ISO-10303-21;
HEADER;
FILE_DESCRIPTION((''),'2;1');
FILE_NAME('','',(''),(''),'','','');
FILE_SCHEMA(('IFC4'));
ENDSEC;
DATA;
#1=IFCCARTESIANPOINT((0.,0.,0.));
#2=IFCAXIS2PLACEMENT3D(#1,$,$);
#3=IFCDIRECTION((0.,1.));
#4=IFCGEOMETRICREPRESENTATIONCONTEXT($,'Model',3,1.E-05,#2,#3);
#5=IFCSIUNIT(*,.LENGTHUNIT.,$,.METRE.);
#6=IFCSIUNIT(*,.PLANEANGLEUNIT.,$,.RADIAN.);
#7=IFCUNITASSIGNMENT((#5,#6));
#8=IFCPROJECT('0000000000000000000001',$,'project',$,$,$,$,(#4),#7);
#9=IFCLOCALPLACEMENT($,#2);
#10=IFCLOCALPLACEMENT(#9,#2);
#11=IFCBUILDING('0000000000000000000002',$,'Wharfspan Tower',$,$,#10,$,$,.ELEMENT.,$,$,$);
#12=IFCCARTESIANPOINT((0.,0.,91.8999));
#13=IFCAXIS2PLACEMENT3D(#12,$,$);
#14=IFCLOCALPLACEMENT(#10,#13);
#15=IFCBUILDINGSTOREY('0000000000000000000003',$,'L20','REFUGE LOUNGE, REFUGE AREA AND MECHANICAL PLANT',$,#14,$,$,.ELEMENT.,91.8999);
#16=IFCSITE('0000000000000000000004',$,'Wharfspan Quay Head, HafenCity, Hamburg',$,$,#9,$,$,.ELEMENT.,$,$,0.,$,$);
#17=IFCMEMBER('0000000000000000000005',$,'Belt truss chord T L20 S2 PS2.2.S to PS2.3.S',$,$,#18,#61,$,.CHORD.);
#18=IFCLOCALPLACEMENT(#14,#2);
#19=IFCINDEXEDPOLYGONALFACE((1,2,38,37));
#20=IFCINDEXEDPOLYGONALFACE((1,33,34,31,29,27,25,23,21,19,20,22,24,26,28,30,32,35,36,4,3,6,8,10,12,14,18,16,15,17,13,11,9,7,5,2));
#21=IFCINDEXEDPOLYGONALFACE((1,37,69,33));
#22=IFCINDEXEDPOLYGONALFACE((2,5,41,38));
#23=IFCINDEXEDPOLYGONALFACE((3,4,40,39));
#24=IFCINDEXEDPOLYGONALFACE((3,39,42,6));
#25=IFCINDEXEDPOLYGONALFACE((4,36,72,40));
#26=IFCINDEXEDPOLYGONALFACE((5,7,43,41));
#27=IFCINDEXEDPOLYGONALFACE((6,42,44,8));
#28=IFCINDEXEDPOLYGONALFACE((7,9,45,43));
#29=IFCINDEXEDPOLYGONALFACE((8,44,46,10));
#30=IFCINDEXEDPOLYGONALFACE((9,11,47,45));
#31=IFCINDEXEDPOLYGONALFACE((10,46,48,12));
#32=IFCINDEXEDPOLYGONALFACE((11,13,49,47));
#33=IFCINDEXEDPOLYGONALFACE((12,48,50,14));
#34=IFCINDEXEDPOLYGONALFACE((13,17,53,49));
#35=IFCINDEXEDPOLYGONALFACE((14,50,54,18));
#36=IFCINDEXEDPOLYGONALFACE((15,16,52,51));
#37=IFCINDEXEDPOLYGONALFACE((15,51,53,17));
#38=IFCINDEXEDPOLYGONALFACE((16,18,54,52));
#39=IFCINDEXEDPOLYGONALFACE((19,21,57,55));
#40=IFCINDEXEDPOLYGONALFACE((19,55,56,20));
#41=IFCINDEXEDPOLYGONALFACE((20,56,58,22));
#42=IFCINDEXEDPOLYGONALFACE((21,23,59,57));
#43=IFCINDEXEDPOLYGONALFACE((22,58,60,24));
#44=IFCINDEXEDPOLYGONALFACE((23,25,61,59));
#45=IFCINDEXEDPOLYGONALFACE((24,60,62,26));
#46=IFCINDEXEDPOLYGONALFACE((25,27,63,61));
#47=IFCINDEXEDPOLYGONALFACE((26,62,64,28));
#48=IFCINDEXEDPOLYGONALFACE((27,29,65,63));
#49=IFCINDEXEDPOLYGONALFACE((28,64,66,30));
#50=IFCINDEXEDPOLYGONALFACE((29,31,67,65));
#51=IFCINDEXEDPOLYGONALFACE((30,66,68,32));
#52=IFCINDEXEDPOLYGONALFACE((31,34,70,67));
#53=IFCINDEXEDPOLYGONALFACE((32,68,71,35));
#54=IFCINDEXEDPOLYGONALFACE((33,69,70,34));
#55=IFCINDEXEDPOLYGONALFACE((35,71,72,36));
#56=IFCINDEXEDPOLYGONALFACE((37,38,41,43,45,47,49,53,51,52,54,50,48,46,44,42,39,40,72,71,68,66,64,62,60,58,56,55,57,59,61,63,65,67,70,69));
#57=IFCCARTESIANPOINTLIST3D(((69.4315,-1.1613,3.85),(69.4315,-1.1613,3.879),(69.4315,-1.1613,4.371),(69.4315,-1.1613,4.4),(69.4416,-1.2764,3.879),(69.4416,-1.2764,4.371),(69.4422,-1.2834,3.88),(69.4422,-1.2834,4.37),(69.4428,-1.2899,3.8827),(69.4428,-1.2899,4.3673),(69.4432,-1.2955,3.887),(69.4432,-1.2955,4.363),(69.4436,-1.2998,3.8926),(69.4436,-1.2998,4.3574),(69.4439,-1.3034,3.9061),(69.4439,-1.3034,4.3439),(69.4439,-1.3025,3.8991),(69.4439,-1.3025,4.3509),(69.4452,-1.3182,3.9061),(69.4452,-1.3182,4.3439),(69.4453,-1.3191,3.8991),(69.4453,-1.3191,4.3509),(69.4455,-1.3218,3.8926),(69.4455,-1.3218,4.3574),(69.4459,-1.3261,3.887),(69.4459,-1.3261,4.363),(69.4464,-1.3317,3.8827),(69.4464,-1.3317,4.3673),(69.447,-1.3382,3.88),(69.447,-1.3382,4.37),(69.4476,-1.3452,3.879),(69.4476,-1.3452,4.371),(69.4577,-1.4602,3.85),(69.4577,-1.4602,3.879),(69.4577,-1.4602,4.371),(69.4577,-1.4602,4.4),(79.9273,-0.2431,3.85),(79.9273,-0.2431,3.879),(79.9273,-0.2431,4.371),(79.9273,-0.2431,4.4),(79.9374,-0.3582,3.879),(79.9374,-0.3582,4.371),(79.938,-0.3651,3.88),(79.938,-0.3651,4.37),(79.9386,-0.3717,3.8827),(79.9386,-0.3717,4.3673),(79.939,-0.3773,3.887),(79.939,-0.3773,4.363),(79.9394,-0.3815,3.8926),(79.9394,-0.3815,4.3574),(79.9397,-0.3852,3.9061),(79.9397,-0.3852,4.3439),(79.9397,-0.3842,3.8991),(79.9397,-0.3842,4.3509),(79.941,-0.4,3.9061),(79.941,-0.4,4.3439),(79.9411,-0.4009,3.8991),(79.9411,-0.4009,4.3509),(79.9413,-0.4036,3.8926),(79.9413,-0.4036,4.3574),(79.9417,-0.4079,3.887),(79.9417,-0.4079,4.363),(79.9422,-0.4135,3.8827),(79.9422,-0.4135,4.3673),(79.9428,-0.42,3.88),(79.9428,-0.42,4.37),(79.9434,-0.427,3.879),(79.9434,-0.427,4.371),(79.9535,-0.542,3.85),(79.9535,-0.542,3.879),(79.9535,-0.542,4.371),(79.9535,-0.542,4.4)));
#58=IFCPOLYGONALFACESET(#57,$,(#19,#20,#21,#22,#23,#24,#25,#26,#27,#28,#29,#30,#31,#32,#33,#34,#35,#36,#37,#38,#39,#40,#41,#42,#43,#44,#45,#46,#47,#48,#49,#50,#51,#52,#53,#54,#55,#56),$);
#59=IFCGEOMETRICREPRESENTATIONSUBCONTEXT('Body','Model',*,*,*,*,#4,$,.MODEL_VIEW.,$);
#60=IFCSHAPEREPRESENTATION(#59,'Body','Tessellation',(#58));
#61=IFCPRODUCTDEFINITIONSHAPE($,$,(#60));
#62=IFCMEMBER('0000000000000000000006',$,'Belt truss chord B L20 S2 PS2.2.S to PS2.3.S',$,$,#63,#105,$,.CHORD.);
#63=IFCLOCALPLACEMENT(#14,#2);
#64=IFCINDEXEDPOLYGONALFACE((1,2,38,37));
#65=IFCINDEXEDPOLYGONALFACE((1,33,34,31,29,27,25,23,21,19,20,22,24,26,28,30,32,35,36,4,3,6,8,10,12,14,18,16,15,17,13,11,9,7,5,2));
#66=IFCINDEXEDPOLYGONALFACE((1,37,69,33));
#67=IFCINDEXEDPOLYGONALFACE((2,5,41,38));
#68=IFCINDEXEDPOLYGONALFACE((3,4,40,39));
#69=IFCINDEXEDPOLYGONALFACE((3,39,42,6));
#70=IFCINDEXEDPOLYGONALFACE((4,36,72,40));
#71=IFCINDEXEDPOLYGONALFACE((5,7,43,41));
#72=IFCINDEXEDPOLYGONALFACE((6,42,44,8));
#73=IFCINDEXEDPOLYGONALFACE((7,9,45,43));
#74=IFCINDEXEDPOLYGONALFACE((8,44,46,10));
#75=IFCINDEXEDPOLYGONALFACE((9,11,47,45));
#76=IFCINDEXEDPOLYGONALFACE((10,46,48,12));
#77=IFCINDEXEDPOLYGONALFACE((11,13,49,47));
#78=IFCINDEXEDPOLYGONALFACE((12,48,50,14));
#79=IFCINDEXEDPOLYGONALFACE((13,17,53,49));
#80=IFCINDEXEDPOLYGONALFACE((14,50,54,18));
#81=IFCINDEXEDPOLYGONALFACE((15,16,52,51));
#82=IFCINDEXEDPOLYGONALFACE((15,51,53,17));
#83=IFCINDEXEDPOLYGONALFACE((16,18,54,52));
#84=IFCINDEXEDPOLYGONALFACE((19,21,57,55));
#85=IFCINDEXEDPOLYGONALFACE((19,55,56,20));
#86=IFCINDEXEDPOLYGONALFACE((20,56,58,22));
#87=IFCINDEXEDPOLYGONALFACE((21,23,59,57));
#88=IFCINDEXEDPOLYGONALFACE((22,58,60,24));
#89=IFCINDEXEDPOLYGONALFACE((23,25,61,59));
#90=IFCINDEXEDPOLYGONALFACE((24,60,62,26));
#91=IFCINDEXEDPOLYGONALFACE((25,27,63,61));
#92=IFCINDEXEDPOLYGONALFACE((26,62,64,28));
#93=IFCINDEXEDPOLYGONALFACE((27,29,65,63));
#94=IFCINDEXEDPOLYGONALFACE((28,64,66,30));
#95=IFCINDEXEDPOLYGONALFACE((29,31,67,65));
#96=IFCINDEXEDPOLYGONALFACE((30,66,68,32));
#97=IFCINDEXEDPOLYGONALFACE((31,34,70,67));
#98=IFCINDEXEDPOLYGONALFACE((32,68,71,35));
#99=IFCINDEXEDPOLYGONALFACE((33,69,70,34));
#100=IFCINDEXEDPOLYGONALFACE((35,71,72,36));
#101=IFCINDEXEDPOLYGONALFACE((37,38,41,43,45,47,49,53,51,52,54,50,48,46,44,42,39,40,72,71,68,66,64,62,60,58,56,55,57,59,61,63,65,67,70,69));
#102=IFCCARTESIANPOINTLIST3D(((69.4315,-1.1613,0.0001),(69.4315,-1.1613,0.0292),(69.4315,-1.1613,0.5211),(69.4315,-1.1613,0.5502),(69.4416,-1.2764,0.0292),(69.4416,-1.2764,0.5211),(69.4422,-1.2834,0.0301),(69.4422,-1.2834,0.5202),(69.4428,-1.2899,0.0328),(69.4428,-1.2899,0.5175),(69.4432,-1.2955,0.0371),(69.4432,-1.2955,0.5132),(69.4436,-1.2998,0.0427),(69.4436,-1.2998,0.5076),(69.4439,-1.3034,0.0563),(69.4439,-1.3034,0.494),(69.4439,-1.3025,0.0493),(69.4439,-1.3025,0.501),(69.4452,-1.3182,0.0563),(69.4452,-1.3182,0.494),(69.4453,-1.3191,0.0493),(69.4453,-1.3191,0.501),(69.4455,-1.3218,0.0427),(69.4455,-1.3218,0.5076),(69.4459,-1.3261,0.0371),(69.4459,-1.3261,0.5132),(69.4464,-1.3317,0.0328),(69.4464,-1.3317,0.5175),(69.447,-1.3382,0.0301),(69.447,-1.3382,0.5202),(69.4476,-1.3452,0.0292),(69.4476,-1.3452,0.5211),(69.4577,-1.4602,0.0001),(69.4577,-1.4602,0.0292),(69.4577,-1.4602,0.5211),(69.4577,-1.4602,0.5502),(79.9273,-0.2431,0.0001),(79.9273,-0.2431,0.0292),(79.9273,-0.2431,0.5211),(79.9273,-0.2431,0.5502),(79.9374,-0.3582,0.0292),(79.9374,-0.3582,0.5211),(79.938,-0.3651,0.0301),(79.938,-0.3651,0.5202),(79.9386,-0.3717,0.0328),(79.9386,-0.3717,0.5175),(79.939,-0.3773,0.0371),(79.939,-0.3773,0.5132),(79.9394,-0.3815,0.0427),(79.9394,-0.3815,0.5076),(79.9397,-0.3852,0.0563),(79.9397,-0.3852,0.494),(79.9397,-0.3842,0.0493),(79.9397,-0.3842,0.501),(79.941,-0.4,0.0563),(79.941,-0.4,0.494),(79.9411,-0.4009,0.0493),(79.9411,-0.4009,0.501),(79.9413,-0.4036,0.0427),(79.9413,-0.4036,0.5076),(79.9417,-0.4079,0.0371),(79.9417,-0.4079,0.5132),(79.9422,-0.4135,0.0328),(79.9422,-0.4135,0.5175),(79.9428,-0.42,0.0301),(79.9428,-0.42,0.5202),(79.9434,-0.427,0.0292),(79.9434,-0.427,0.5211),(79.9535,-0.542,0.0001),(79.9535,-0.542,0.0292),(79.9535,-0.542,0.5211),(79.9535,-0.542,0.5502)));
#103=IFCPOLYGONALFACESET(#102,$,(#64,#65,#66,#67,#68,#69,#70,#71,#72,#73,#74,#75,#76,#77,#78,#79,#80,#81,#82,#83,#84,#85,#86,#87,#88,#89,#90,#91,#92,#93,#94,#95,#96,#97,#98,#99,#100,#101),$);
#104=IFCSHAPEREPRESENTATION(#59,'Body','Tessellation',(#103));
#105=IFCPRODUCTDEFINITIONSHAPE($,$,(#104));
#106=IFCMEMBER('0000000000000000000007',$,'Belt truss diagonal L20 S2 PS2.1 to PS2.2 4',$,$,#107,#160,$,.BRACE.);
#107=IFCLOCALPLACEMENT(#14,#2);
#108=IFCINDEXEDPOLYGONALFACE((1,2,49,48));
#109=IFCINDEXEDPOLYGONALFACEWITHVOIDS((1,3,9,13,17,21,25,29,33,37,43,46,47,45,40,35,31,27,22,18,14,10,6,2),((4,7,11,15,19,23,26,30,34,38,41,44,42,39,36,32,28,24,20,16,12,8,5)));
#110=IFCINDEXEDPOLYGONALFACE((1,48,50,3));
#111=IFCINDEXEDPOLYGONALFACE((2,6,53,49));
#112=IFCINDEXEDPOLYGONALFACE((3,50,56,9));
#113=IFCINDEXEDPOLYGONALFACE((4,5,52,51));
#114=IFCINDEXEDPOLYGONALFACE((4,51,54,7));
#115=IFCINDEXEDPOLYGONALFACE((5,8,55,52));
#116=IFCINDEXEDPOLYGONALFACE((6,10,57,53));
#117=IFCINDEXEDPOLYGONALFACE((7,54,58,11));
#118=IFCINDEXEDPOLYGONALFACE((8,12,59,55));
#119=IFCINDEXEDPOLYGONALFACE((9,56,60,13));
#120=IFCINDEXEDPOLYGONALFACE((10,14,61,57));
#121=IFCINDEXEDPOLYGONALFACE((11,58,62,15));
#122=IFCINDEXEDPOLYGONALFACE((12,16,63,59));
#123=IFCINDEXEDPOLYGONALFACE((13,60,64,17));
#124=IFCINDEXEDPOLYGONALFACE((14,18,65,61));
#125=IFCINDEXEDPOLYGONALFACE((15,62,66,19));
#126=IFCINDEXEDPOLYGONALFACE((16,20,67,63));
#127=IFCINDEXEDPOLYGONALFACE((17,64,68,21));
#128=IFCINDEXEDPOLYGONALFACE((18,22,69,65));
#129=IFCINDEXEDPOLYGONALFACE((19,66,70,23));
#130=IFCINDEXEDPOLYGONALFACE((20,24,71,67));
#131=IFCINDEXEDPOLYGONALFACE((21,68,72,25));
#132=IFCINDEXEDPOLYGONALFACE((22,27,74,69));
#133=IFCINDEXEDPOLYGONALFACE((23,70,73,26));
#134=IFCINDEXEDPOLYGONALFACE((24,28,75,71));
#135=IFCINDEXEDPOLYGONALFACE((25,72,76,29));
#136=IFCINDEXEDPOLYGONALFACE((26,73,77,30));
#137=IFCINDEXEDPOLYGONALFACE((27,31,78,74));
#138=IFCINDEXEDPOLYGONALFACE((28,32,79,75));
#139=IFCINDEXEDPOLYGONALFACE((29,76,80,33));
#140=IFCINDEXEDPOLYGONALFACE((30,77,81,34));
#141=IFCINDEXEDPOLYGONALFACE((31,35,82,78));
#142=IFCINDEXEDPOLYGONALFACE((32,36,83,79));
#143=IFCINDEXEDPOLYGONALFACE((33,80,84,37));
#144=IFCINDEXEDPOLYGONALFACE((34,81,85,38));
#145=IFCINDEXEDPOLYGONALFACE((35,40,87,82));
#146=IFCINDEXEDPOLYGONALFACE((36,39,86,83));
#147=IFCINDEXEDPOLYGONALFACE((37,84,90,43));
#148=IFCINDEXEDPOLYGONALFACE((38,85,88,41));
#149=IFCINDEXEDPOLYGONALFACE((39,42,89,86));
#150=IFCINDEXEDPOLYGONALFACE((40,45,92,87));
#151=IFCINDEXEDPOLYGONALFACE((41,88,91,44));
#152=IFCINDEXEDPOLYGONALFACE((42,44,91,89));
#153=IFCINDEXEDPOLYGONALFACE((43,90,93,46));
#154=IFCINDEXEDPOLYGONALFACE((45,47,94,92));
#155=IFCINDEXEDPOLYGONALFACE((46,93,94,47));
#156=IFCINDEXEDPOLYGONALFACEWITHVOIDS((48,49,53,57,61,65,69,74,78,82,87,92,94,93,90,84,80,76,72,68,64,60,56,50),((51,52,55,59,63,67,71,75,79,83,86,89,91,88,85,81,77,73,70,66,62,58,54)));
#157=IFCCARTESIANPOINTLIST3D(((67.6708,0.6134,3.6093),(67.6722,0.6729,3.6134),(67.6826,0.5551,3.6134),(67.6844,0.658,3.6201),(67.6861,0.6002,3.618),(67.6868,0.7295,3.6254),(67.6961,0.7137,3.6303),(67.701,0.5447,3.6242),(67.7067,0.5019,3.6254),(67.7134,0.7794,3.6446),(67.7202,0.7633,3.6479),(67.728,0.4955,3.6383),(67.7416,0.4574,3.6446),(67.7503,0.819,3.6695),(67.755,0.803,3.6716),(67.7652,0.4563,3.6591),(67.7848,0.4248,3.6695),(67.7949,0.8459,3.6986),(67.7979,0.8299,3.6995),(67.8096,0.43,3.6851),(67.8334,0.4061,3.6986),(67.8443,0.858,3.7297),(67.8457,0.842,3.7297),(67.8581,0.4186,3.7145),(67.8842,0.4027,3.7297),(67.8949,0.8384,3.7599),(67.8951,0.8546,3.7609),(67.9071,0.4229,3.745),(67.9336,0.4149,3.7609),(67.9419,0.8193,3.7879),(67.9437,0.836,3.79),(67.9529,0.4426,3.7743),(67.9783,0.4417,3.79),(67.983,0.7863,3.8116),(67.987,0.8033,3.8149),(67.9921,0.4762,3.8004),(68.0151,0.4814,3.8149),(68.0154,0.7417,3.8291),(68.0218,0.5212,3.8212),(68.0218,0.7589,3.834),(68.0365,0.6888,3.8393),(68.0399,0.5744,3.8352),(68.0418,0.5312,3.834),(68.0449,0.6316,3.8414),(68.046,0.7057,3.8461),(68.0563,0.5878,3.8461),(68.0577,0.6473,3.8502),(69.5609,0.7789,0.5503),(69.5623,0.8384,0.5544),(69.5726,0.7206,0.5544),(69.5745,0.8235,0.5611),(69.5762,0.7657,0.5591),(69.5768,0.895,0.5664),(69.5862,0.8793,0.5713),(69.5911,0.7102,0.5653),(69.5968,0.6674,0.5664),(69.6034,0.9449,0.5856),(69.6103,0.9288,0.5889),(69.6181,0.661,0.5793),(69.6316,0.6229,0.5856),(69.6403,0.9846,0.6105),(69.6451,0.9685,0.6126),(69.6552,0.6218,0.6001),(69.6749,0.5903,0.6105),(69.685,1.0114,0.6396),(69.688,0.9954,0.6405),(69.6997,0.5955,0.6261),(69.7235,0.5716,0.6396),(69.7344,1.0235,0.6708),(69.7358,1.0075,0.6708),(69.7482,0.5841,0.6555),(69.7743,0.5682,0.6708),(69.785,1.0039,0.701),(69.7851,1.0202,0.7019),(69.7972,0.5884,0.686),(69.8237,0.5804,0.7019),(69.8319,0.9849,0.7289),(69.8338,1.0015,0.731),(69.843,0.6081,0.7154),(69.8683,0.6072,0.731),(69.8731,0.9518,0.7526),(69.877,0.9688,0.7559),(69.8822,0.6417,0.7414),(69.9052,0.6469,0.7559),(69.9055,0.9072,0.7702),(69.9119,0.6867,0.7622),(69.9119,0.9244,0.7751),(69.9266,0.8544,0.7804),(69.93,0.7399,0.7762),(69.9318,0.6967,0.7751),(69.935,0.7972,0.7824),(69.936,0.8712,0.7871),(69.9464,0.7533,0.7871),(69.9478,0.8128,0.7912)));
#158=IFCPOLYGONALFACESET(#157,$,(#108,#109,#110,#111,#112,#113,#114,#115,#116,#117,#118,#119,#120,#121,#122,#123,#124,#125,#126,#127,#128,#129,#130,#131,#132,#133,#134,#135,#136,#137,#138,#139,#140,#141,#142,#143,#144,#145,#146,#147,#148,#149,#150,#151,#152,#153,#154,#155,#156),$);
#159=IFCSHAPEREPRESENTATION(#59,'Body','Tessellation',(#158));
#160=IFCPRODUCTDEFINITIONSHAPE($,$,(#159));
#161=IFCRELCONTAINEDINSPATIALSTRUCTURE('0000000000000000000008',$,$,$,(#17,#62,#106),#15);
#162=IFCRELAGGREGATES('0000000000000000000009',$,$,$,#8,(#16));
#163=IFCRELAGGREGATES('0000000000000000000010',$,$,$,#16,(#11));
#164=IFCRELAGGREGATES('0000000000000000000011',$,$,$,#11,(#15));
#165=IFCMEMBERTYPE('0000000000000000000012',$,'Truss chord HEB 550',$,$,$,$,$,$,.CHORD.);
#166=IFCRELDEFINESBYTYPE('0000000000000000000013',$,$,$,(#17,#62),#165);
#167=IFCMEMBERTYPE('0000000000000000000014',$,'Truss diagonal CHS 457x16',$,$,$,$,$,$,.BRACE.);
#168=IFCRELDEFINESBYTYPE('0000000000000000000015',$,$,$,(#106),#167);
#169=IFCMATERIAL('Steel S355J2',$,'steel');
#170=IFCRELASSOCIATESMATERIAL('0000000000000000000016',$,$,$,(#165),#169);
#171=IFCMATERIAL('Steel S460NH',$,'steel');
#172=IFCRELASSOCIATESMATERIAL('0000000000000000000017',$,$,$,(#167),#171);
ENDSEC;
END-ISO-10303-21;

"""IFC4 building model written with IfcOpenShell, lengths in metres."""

from ifc_helpers import new_model, si_unit, direction, frame, origin, origin_2d, place, context, subcontext, project, spatial, hollow_circle, i_section, extrude, material, material_profile, profile_set, type_object, element, save


model = new_model("IFC4")

# Units and contexts
model_context = context("Model", 3, precision=1e-05, world=origin(), true_north=direction((0.0, 1.0)))
body_context = subcontext(model_context, "Body", "Model", "MODEL_VIEW")
ifc_project = project(units=[si_unit("LENGTHUNIT", "METRE"), si_unit("PLANEANGLEUNIT", "RADIAN")], contexts=[model_context])

# Site, building, storey
site_placement = place(None, origin())
site = spatial("IfcSite", under=ifc_project, at=site_placement, Name="Wharfspan Quay Head, HafenCity, Hamburg", CompositionType="ELEMENT", RefElevation=0.0)
building_placement = place(site_placement, origin())
building = spatial("IfcBuilding", under=site, at=building_placement, Name="Wharfspan Tower", CompositionType="ELEMENT")
storey_placement = place(building_placement, frame((0.0, 0.0, 91.8999)))
storey = spatial("IfcBuildingStorey", under=building, at=storey_placement, Name="L20", Description="REFUGE LOUNGE, REFUGE AREA AND MECHANICAL PLANT", CompositionType="ELEMENT", Elevation=91.8999)

# Shared definitions
ifc_material_1 = material(Name="Steel S355J2", Category="steel")

# Shared definitions
ifc_material_2 = material(Name="Steel S460NH", Category="steel")

# Members
ifc_material_profile_1 = material_profile(ifc_material_1, i_section(OverallWidth=0.3, OverallDepth=0.55, WebThickness=0.0149, FlangeThickness=0.0291, FilletRadius=0.0271, at=origin_2d()))
ifc_profile_set_1 = profile_set([ifc_material_profile_1], Name="Steel S355J2")
member_type_1 = type_object("IfcMemberType", Name="Truss chord HEB 550", PredefinedType="CHORD", material=ifc_profile_set_1)
for number, where, z_axis, x_axis, name in (
    (1, (69.4446, -1.3108, 4.125), (0.996195, 0.087151, 0.0), (-0.087151, 0.996195, 0.0), "Belt truss chord T L20 S2 PS2.2.S to PS2.3.S"),
    (2, (69.4446, -1.3108, 0.2751), (0.996195, 0.087151, 0.0), (-0.087151, 0.996195, 0.0), "Belt truss chord B L20 S2 PS2.2.S to PS2.3.S"),
):
    element("IfcMember", number, at=place(storey_placement, frame(where, z_axis=z_axis, x_axis=x_axis)), inside=storey, type_object=member_type_1, Name=name, PredefinedType="CHORD", context=body_context, shape_type="SweptSolid", body=[
        extrude(i_section(OverallWidth=0.3, OverallDepth=0.55, WebThickness=0.0149, FlangeThickness=0.0291, FilletRadius=0.0271, at=origin_2d()), origin(), (0.0, 0.0, 1.0), 10.5359),
    ])
ifc_material_profile_2 = material_profile(ifc_material_2, hollow_circle(Radius=0.2285, WallThickness=0.0161, at=origin_2d()))
ifc_profile_set_2 = profile_set([ifc_material_profile_2], Name="Steel S460NH")
member_type_2 = type_object("IfcMemberType", Name="Truss diagonal CHS 457x16", PredefinedType="BRACE", material=ifc_profile_set_2)
member_1_placement = place(storey_placement, frame((67.8643, 0.6304, 3.7297), z_axis=(0.525079, 0.045983, -0.849811), x_axis=(-0.087241, 0.996185, -0.000001)))
element("IfcMember", 3, at=member_1_placement, inside=storey, type_object=member_type_2, Name="Belt truss diagonal L20 S2 PS2.1 to PS2.2 4", PredefinedType="BRACE", context=body_context, shape_type="SweptSolid", body=[
    extrude(hollow_circle(Radius=0.2285, WallThickness=0.0161, at=origin_2d()), origin(), (0.0, 0.0, 1.0), 3.5996),
])

save(model, "model.ifc")
